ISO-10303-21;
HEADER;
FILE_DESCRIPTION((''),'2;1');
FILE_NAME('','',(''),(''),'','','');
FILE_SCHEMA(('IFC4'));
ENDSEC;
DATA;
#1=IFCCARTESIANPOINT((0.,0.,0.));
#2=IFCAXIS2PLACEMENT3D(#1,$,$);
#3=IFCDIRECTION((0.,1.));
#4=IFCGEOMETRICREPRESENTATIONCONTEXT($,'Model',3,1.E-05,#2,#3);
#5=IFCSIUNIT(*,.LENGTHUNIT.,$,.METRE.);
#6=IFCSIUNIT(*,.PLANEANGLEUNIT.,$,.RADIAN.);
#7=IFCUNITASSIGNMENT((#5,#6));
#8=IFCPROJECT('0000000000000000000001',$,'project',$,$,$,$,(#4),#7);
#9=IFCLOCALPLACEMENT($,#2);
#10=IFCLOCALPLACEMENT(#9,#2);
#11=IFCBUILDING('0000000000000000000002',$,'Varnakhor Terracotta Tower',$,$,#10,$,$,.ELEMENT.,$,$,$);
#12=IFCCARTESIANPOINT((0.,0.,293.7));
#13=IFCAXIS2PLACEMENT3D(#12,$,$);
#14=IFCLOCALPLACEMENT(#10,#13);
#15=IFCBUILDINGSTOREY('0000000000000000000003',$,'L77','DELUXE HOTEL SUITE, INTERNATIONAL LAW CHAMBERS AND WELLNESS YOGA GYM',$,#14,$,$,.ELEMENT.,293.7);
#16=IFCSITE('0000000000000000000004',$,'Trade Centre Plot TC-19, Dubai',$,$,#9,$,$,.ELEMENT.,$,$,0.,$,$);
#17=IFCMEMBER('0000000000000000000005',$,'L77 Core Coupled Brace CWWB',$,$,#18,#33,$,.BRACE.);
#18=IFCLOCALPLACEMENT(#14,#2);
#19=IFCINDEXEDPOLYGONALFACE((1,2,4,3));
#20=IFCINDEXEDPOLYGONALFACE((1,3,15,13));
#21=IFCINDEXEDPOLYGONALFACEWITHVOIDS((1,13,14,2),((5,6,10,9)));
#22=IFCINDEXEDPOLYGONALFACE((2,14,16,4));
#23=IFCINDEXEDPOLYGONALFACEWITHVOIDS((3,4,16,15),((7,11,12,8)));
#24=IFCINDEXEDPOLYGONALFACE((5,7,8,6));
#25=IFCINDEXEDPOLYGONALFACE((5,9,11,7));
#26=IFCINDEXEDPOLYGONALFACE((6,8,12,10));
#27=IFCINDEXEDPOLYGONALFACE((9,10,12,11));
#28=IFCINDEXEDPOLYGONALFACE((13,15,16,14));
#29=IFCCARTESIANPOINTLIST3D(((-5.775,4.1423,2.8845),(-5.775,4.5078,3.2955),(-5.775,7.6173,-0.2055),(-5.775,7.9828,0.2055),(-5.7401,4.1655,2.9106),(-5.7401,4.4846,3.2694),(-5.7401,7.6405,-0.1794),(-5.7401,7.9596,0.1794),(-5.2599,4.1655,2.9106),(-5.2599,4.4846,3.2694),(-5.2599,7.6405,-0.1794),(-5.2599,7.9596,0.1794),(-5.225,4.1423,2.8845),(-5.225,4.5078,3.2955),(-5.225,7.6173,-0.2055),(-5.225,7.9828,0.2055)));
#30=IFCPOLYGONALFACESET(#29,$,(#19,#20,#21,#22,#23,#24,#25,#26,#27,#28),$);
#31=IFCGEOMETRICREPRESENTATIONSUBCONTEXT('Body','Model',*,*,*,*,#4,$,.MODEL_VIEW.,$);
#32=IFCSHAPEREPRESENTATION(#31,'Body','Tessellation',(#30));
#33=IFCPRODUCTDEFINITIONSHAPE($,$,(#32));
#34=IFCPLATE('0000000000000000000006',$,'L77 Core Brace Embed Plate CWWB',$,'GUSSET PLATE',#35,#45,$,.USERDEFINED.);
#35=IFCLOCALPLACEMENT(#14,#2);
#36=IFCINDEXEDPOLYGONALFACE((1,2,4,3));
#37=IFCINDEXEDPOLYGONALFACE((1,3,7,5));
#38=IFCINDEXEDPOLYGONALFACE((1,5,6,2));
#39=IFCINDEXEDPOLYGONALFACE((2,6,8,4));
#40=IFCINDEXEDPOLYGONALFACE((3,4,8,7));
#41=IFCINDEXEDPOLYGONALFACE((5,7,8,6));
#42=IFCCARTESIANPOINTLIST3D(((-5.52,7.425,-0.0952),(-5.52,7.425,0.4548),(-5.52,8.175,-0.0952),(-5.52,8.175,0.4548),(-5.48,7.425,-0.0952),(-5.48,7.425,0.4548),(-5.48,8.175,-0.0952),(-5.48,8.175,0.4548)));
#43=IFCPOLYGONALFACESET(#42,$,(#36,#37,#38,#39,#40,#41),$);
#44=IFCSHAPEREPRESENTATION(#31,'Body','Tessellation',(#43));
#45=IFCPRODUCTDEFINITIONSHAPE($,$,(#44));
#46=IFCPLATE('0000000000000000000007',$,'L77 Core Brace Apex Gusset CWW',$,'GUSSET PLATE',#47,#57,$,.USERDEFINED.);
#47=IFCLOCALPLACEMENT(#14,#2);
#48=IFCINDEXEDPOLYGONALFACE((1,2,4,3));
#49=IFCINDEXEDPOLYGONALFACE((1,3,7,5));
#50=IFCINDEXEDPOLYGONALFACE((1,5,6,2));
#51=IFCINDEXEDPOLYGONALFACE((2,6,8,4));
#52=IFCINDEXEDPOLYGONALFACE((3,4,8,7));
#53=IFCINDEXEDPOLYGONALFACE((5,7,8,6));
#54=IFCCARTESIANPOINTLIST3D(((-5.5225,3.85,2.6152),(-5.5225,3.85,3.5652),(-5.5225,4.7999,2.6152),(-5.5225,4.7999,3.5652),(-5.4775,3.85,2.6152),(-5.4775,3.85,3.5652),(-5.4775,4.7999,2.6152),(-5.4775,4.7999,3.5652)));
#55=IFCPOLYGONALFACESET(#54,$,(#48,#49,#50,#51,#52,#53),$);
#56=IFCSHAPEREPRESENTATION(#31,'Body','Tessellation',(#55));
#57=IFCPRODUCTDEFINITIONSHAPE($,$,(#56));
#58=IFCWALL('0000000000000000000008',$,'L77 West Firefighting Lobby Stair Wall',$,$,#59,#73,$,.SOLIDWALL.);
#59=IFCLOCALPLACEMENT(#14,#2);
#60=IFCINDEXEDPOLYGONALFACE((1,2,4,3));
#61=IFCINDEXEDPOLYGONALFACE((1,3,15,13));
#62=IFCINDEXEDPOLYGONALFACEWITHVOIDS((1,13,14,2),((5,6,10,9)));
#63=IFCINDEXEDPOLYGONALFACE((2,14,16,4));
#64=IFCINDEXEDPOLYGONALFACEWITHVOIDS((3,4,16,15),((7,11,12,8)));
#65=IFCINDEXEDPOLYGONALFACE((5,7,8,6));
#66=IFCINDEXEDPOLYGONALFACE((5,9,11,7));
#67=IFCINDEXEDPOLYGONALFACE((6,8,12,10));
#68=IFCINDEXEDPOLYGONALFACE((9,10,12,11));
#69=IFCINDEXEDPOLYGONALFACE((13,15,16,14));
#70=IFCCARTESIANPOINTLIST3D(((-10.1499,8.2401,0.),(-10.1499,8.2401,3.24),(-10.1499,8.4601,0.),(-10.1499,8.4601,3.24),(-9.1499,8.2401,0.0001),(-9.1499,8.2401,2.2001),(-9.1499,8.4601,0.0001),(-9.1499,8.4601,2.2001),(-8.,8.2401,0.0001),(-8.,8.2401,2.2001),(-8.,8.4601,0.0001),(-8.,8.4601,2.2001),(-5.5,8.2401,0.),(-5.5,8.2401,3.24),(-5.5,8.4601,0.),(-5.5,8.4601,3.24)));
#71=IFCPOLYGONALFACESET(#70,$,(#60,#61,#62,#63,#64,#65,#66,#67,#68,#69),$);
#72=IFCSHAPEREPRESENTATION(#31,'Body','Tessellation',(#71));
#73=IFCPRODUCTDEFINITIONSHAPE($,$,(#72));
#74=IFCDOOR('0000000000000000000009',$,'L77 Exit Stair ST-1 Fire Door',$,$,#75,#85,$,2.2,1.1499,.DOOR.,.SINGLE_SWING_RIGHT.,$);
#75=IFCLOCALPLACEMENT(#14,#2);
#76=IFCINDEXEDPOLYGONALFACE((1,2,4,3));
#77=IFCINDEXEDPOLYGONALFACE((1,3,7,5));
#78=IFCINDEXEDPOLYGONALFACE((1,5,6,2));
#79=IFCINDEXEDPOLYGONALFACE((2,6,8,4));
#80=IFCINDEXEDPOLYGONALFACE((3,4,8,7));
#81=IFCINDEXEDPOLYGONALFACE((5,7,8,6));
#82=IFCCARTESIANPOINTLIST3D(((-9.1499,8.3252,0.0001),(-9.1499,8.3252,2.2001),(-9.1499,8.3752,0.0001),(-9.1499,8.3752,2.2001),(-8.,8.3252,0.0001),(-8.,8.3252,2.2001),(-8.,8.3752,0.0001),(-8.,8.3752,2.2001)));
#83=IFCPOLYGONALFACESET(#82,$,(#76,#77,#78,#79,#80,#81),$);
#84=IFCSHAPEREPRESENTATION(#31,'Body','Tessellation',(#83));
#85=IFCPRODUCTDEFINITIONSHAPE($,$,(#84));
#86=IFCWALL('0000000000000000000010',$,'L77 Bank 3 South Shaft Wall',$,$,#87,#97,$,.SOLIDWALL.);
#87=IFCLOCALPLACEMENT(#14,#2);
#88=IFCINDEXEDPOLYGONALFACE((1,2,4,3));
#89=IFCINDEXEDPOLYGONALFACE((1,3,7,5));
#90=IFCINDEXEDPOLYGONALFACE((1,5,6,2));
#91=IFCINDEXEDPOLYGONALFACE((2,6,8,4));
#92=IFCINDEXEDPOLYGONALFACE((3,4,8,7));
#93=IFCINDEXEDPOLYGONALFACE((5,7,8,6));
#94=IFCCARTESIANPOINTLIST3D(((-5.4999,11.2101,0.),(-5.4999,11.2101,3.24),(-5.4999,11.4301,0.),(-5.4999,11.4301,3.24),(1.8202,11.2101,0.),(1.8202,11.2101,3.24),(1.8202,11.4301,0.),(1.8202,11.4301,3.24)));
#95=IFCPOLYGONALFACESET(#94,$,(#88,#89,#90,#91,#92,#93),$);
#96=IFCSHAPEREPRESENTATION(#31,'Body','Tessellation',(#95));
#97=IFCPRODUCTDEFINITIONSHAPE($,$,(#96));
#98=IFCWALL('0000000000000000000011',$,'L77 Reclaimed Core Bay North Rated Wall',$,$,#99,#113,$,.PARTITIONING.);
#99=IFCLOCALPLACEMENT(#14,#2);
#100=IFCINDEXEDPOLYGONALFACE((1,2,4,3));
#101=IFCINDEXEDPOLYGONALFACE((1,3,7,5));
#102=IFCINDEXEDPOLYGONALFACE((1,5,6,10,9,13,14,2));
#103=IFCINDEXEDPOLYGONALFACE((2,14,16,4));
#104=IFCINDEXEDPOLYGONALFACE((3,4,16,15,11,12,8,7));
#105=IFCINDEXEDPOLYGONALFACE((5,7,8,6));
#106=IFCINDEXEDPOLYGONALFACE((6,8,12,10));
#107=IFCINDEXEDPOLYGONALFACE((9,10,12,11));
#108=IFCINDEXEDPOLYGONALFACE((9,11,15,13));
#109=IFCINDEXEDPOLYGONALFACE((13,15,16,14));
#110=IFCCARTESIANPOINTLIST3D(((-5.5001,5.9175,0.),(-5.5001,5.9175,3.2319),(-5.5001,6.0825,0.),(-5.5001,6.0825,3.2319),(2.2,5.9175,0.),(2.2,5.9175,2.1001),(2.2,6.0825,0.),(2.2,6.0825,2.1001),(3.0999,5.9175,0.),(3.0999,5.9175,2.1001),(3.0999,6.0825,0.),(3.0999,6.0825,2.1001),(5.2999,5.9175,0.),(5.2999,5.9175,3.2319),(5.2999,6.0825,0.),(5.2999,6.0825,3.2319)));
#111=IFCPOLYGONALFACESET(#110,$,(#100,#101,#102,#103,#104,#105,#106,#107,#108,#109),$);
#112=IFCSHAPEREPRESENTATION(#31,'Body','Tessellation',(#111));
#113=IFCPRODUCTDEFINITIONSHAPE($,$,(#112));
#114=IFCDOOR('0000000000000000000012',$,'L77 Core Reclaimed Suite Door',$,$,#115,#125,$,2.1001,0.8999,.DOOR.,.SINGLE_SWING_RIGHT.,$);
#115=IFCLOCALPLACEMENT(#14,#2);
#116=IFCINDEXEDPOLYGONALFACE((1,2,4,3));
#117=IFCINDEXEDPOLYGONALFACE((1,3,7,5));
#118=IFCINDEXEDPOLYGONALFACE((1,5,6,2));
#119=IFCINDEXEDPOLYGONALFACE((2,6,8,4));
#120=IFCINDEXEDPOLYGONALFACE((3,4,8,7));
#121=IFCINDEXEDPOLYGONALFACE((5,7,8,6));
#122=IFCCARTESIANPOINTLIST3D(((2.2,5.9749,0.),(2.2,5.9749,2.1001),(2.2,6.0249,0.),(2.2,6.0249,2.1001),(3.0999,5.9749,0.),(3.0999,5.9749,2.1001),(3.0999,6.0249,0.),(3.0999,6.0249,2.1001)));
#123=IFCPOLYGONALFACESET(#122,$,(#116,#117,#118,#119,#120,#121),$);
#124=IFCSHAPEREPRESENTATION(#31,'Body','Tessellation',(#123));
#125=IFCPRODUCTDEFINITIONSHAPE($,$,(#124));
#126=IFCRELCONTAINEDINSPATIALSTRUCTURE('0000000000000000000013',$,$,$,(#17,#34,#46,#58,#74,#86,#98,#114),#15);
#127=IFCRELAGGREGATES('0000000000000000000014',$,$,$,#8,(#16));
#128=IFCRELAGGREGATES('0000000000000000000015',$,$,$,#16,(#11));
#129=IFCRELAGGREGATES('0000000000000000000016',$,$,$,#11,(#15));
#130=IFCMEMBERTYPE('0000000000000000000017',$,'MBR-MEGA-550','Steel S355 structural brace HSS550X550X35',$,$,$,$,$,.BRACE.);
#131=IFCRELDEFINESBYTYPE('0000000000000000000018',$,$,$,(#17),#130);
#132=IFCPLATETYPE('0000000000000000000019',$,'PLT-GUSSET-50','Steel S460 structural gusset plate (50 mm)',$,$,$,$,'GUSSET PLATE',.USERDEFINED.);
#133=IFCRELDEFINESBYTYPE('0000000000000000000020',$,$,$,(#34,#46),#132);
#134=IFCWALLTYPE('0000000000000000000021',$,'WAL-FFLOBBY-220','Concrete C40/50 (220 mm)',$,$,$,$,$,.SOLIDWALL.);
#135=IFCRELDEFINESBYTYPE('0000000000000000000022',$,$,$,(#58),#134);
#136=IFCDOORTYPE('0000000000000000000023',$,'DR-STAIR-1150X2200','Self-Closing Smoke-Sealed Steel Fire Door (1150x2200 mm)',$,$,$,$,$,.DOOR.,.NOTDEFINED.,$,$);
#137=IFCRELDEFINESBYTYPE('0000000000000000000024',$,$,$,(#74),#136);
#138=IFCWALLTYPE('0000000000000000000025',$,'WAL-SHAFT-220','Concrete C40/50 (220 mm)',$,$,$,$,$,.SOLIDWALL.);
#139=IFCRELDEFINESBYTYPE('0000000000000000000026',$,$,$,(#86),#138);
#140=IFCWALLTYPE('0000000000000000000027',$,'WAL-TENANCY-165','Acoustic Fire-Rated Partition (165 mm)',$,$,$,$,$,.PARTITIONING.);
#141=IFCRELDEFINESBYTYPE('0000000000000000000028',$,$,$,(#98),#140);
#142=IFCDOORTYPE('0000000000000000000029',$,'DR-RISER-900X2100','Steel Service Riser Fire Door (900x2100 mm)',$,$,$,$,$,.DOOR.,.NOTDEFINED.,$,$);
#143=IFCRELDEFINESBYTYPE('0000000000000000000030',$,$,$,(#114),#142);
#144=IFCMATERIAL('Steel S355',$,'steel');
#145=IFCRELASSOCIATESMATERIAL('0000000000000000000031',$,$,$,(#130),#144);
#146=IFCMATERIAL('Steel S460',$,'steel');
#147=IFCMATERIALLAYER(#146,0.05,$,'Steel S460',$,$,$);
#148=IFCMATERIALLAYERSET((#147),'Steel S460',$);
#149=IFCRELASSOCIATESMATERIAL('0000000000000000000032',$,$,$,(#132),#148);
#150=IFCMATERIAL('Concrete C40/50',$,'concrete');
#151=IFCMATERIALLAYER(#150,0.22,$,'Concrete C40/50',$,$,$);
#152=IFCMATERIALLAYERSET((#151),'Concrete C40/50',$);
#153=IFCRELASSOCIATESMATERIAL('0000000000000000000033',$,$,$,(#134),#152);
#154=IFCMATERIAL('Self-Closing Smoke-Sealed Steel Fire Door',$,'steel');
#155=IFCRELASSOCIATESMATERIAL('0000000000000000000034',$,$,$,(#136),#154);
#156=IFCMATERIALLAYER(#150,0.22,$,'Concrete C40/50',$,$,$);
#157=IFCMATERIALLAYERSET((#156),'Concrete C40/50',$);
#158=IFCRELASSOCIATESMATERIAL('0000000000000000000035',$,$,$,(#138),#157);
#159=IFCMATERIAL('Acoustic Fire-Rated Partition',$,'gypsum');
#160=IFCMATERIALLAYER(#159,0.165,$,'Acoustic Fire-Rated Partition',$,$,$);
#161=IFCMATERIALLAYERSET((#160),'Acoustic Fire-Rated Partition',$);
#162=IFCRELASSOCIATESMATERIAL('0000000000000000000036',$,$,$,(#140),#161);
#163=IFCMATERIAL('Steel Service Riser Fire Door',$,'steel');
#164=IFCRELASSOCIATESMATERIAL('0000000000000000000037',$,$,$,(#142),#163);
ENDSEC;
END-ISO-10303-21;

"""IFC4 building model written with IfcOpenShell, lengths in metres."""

from ifc_helpers import new_model, si_unit, direction, frame, frame_2d, origin, origin_2d, place, context, subcontext, project, spatial, rectangle, hollow_rectangle, extrude, source, transform, mapped, material, layer, layer_set, material_profile, profile_set, type_object, type_shapes, element, fill, save


model = new_model("IFC4")

# Units and contexts
model_context = context("Model", 3, precision=1e-05, world=origin(), true_north=direction((0.0, 1.0)))
body_context = subcontext(model_context, "Body", "Model", "MODEL_VIEW")
ifc_project = project(units=[si_unit("LENGTHUNIT", "METRE"), si_unit("PLANEANGLEUNIT", "RADIAN")], contexts=[model_context])

# Site, building, storey
site_placement = place(None, origin())
site = spatial("IfcSite", under=ifc_project, at=site_placement, Name="Trade Centre Plot TC-19, Dubai", CompositionType="ELEMENT", RefElevation=0.0)
building_placement = place(site_placement, origin())
building = spatial("IfcBuilding", under=site, at=building_placement, Name="Varnakhor Terracotta Tower", CompositionType="ELEMENT")
storey_placement = place(building_placement, frame((0.0, 0.0, 293.7)))
storey = spatial("IfcBuildingStorey", under=building, at=storey_placement, Name="L77", Description="DELUXE HOTEL SUITE, INTERNATIONAL LAW CHAMBERS AND WELLNESS YOGA GYM", CompositionType="ELEMENT", Elevation=293.7)

# Member
ifc_material_1 = material(Name="Steel S355", Category="steel")
ifc_material_profile = material_profile(ifc_material_1, hollow_rectangle(XDim=0.55, YDim=0.55, WallThickness=0.0349, at=origin_2d()), Name="HSS550X550X35")
ifc_profile_set = profile_set([ifc_material_profile], Name="Steel S355")
member_type = type_object("IfcMemberType", Name="MBR-MEGA-550", Description="Steel S355 structural brace HSS550X550X35", PredefinedType="BRACE", material=ifc_profile_set)
shared_shape_1 = source(origin(), body_context, "Body", "SweptSolid", [
    extrude(hollow_rectangle(XDim=0.55, YDim=0.55, WallThickness=0.0349, at=origin_2d()), origin(), (0.0, 0.0, 1.0), 4.6501),
])
member_placement = place(storey_placement, frame((-5.5, 7.8, 0.0), z_axis=(0.0, -0.747291, 0.664497), x_axis=(1.0, 0.0, 0.0)))
element("IfcMember", 1, at=member_placement, inside=storey, type_object=member_type, Name="L77 Core Coupled Brace CWWB", PredefinedType="BRACE", context=body_context, shape_type="MappedRepresentation", body=[
    mapped(shared_shape_1, transform((0.0, 0.0, 0.0), scale=1.0)),
])

# Plates
ifc_material_2 = material(Name="Steel S460", Category="steel")
ifc_layer_1 = layer(ifc_material_2, 0.05, Name="Steel S460")
ifc_layer_set_1 = layer_set([ifc_layer_1], Name="Steel S460")
plate_type = type_object("IfcPlateType", Name="PLT-GUSSET-50", Description="Steel S460 structural gusset plate (50 mm)", ElementType="GUSSET PLATE", PredefinedType="USERDEFINED", material=ifc_layer_set_1)
shared_shape_2 = source(origin(), body_context, "Body", "SweptSolid", [
    extrude(rectangle(XDim=0.75, YDim=0.04, at=origin_2d()), origin(), (0.0, 0.0, 1.0), 0.55),
])
type_shapes(plate_type, [shared_shape_2])
plate_1_placement = place(storey_placement, frame((-5.5, 7.8, -0.0952), z_axis=(0.0, 0.0, 1.0), x_axis=(0.0, 1.0, 0.0)))
element("IfcPlate", 2, at=plate_1_placement, inside=storey, type_object=plate_type, Name="L77 Core Brace Embed Plate CWWB", ObjectType="GUSSET PLATE", PredefinedType="USERDEFINED", context=body_context, shape_type="MappedRepresentation", body=[
    mapped(shared_shape_2, transform((0.0, 0.0, 0.0), scale=1.0)),
])
shared_shape_3 = source(origin(), body_context, "Body", "SweptSolid", [
    extrude(rectangle(XDim=0.95, YDim=0.0449, at=origin_2d()), origin(), (0.0, 0.0, 1.0), 0.95),
])
plate_2_placement = place(storey_placement, frame((-5.5, 4.325, 2.6152), z_axis=(0.0, 0.0, 1.0), x_axis=(0.0, 1.0, 0.0)))
element("IfcPlate", 3, at=plate_2_placement, inside=storey, type_object=plate_type, Name="L77 Core Brace Apex Gusset CWW", ObjectType="GUSSET PLATE", PredefinedType="USERDEFINED", context=body_context, shape_type="MappedRepresentation", body=[
    mapped(shared_shape_3, transform((0.0, 0.0, 0.0), scale=1.0)),
])

# Wall, opening, door
ifc_material_3 = material(Name="Concrete C40/50", Category="concrete")
ifc_layer_2 = layer(ifc_material_3, 0.22, Name="Concrete C40/50")
ifc_layer_set_2 = layer_set([ifc_layer_2], Name="Concrete C40/50")
wall_type_1 = type_object("IfcWallType", Name="WAL-FFLOBBY-220", Description="Concrete C40/50 (220 mm)", PredefinedType="SOLIDWALL", material=ifc_layer_set_2)
wall_1_placement = place(storey_placement, frame((-5.5, 8.3501, 0.0), z_axis=(0.0, 0.0, 1.0), x_axis=(-1.0, 0.0, 0.0)))
wall_1 = element("IfcWall", 4, at=wall_1_placement, inside=storey, type_object=wall_type_1, Name="L77 West Firefighting Lobby Stair Wall", PredefinedType="SOLIDWALL", context=body_context, shape_type="SweptSolid", body=[
    extrude(rectangle(XDim=4.6499, YDim=0.22, at=frame_2d((2.325, 0.0))), origin(), (0.0, 0.0, 1.0), 3.24),
])
opening_1_placement = place(wall_1_placement, frame((2.5, 0.0, 0.0)))
opening_1 = element("IfcOpeningElement", 5, at=opening_1_placement, cuts=wall_1, PredefinedType="OPENING", context=body_context, shape_type="SweptSolid", body=[
    extrude(rectangle(XDim=1.1499, YDim=2.2, at=frame_2d((0.575, 1.1001))), frame((0.0, 0.1201, 0.0), z_axis=(0.0, -1.0, 0.0), x_axis=(1.0, 0.0, 0.0)), (0.0, 0.0, 1.0), 0.24),
])
ifc_material_4 = material(Name="Self-Closing Smoke-Sealed Steel Fire Door", Category="steel")
door_type_1 = type_object("IfcDoorType", Name="DR-STAIR-1150X2200", Description="Self-Closing Smoke-Sealed Steel Fire Door (1150x2200 mm)", OperationType="NOTDEFINED", PredefinedType="DOOR", material=ifc_material_4)
shared_shape_4 = source(origin(), body_context, "Body", "SweptSolid", [
    extrude(rectangle(XDim=1.1499, YDim=2.2, at=frame_2d((0.575, 1.1001))), frame((0.0, 0.0249, 0.0), z_axis=(0.0, -1.0, 0.0), x_axis=(1.0, 0.0, 0.0)), (0.0, 0.0, 1.0), 0.05),
])
type_shapes(door_type_1, [shared_shape_4])
door_1_placement = place(opening_1_placement, origin())
door_1 = element("IfcDoor", 6, at=door_1_placement, inside=storey, type_object=door_type_1, Name="L77 Exit Stair ST-1 Fire Door", OperationType="SINGLE_SWING_RIGHT", OverallHeight=2.2, OverallWidth=1.1499, PredefinedType="DOOR", context=body_context, shape_type="MappedRepresentation", body=[
    mapped(shared_shape_4, transform((0.0, 0.0, 0.0), scale=1.0)),
])
fill(opening_1, door_1)

# Wall
ifc_layer_3 = layer(ifc_material_3, 0.22, Name="Concrete C40/50")
ifc_layer_set_3 = layer_set([ifc_layer_3], Name="Concrete C40/50")
wall_type_2 = type_object("IfcWallType", Name="WAL-SHAFT-220", Description="Concrete C40/50 (220 mm)", PredefinedType="SOLIDWALL", material=ifc_layer_set_3)
wall_2_placement = place(storey_placement, frame((-5.5, 11.3201, 0.0), z_axis=(0.0, 0.0, 1.0), x_axis=(1.0, 0.0, 0.0)))
element("IfcWall", 7, at=wall_2_placement, inside=storey, type_object=wall_type_2, Name="L77 Bank 3 South Shaft Wall", PredefinedType="SOLIDWALL", context=body_context, shape_type="SweptSolid", body=[
    extrude(rectangle(XDim=7.3201, YDim=0.22, at=frame_2d((3.6602, 0.0))), origin(), (0.0, 0.0, 1.0), 3.24),
])

# Wall, opening, door
ifc_material_5 = material(Name="Acoustic Fire-Rated Partition", Category="gypsum")
ifc_layer_4 = layer(ifc_material_5, 0.165, Name="Acoustic Fire-Rated Partition")
ifc_layer_set_4 = layer_set([ifc_layer_4], Name="Acoustic Fire-Rated Partition")
wall_type_3 = type_object("IfcWallType", Name="WAL-TENANCY-165", Description="Acoustic Fire-Rated Partition (165 mm)", PredefinedType="PARTITIONING", material=ifc_layer_set_4)
wall_3_placement = place(storey_placement, frame((-5.5, 6.0, 0.0), z_axis=(0.0, 0.0, 1.0), x_axis=(1.0, 0.0, 0.0)))
wall_3 = element("IfcWall", 8, at=wall_3_placement, inside=storey, type_object=wall_type_3, Name="L77 Reclaimed Core Bay North Rated Wall", PredefinedType="PARTITIONING", context=body_context, shape_type="SweptSolid", body=[
    extrude(rectangle(XDim=10.8, YDim=0.165, at=frame_2d((5.3999, 0.0))), origin(), (0.0, 0.0, 1.0), 3.2319),
])
opening_2_placement = place(wall_3_placement, frame((7.7, 0.0, 0.0)))
opening_2 = element("IfcOpeningElement", 9, at=opening_2_placement, cuts=wall_3, PredefinedType="OPENING", context=body_context, shape_type="SweptSolid", body=[
    extrude(rectangle(XDim=0.8999, YDim=2.1001, at=frame_2d((0.45, 1.05))), frame((0.0, 0.0925, 0.0), z_axis=(0.0, -1.0, 0.0), x_axis=(1.0, 0.0, 0.0)), (0.0, 0.0, 1.0), 0.1851),
])
ifc_material_6 = material(Name="Steel Service Riser Fire Door", Category="steel")
door_type_2 = type_object("IfcDoorType", Name="DR-RISER-900X2100", Description="Steel Service Riser Fire Door (900x2100 mm)", OperationType="NOTDEFINED", PredefinedType="DOOR", material=ifc_material_6)
shared_shape_5 = source(origin(), body_context, "Body", "SweptSolid", [
    extrude(rectangle(XDim=0.8999, YDim=2.1001, at=frame_2d((0.45, 1.05))), frame((0.0, 0.0249, 0.0), z_axis=(0.0, -1.0, 0.0), x_axis=(1.0, 0.0, 0.0)), (0.0, 0.0, 1.0), 0.05),
])
type_shapes(door_type_2, [shared_shape_5])
door_2_placement = place(opening_2_placement, origin())
door_2 = element("IfcDoor", 10, at=door_2_placement, inside=storey, type_object=door_type_2, Name="L77 Core Reclaimed Suite Door", OperationType="SINGLE_SWING_RIGHT", OverallHeight=2.1001, OverallWidth=0.8999, PredefinedType="DOOR", context=body_context, shape_type="MappedRepresentation", body=[
    mapped(shared_shape_5, transform((0.0, 0.0, 0.0), scale=1.0)),
])
fill(opening_2, door_2)

save(model, "model.ifc")
